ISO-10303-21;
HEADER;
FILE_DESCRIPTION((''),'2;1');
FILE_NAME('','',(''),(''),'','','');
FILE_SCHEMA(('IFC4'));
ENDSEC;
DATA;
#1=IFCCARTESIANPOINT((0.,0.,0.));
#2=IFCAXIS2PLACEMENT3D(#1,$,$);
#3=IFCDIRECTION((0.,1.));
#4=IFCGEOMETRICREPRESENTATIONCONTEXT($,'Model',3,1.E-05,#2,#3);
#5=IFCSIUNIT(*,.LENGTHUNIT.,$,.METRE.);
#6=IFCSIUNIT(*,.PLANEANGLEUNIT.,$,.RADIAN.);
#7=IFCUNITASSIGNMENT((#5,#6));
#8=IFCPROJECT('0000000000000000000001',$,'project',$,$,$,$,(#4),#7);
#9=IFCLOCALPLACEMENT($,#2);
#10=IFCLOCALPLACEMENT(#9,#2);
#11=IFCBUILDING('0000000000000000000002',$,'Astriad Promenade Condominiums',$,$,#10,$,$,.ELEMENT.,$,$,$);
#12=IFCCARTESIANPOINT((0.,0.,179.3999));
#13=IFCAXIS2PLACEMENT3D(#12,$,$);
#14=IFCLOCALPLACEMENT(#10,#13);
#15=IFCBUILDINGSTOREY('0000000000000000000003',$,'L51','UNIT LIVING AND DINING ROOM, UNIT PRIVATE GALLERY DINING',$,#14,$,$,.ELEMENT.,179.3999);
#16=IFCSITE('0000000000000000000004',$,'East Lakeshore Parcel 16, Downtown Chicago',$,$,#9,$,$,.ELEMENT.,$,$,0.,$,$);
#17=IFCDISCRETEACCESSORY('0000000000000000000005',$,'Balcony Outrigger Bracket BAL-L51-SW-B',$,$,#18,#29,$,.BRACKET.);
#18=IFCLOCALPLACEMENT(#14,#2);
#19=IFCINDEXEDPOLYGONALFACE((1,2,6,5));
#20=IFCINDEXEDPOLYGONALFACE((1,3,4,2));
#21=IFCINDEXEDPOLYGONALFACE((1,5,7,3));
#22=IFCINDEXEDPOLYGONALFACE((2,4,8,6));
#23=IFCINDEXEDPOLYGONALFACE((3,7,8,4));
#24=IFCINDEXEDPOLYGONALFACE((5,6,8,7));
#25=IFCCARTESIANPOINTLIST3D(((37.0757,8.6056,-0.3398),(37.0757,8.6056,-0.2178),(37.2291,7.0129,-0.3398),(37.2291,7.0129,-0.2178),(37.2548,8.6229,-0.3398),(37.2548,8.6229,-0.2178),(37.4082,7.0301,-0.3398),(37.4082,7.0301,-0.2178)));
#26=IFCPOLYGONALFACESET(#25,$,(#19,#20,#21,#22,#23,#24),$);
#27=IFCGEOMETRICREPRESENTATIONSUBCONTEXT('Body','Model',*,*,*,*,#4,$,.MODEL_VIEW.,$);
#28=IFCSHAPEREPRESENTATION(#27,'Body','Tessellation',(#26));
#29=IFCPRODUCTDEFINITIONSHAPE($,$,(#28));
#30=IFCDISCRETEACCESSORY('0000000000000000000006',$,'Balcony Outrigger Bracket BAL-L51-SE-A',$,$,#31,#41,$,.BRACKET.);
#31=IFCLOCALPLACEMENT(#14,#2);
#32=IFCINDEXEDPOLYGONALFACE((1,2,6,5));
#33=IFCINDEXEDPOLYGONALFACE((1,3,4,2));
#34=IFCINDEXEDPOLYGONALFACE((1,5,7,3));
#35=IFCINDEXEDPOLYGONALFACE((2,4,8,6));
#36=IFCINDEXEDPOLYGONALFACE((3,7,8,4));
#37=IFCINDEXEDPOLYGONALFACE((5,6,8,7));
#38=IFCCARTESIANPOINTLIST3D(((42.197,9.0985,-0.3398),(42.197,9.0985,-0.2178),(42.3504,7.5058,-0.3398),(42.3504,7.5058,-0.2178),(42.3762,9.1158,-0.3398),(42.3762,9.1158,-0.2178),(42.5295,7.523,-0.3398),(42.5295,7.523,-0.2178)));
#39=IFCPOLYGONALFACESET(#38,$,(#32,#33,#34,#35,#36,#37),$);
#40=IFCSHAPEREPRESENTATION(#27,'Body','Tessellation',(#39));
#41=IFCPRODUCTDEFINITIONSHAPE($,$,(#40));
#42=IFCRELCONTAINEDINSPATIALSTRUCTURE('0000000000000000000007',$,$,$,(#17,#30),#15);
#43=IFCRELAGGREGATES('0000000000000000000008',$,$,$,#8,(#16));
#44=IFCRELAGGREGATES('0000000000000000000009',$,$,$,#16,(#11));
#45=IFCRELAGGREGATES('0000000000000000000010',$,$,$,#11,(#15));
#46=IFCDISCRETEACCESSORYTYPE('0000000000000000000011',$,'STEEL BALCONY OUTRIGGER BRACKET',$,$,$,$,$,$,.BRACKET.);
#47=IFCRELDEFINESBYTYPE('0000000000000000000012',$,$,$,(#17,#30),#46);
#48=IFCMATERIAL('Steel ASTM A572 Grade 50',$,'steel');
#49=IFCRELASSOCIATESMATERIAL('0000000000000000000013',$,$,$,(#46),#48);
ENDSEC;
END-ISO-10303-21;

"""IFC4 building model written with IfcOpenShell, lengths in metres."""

from ifc_helpers import new_model, si_unit, direction, frame, origin, origin_2d, place, context, subcontext, project, spatial, rectangle, extrude, source, transform, mapped, material, type_object, type_shapes, element, save


model = new_model("IFC4")

# Units and contexts
model_context = context("Model", 3, precision=1e-05, world=origin(), true_north=direction((0.0, 1.0)))
body_context = subcontext(model_context, "Body", "Model", "MODEL_VIEW")
ifc_project = project(units=[si_unit("LENGTHUNIT", "METRE"), si_unit("PLANEANGLEUNIT", "RADIAN")], contexts=[model_context])

# Site, building, storey
site_placement = place(None, origin())
site = spatial("IfcSite", under=ifc_project, at=site_placement, Name="East Lakeshore Parcel 16, Downtown Chicago", CompositionType="ELEMENT", RefElevation=0.0)
building_placement = place(site_placement, origin())
building = spatial("IfcBuilding", under=site, at=building_placement, Name="Astriad Promenade Condominiums", CompositionType="ELEMENT")
storey_placement = place(building_placement, frame((0.0, 0.0, 179.3999)))
storey = spatial("IfcBuildingStorey", under=building, at=storey_placement, Name="L51", Description="UNIT LIVING AND DINING ROOM, UNIT PRIVATE GALLERY DINING", CompositionType="ELEMENT", Elevation=179.3999)

# Discrete accessories
ifc_material_1 = material(Name="Steel ASTM A572 Grade 50", Category="steel")
discrete_accessory_type = type_object("IfcDiscreteAccessoryType", Name="STEEL BALCONY OUTRIGGER BRACKET", PredefinedType="BRACKET", material=ifc_material_1)
shared_shape_1 = source(origin(), body_context, "Body", "SweptSolid", [
    extrude(rectangle(XDim=1.6001, YDim=0.1799, at=origin_2d()), origin(), (0.0, 0.0, 1.0), 0.1221),
])
type_shapes(discrete_accessory_type, [shared_shape_1])
for number, where, z_axis, x_axis, name in (
    (1, (37.2419, 7.8179, -0.3398), (0.0, 0.0, 1.0), (0.095846, -0.995396, 0.0), "Balcony Outrigger Bracket BAL-L51-SW-B"),
    (2, (42.3633, 8.3108, -0.3398), (0.0, 0.0, 1.0), (0.095846, -0.995396, 0.0), "Balcony Outrigger Bracket BAL-L51-SE-A"),
):
    element("IfcDiscreteAccessory", number, at=place(storey_placement, frame(where, z_axis=z_axis, x_axis=x_axis)), inside=storey, type_object=discrete_accessory_type, Name=name, PredefinedType="BRACKET", context=body_context, shape_type="MappedRepresentation", body=[
        mapped(shared_shape_1, transform((0.0, 0.0, 0.0), scale=1.0)),
    ])

save(model, "model.ifc")
